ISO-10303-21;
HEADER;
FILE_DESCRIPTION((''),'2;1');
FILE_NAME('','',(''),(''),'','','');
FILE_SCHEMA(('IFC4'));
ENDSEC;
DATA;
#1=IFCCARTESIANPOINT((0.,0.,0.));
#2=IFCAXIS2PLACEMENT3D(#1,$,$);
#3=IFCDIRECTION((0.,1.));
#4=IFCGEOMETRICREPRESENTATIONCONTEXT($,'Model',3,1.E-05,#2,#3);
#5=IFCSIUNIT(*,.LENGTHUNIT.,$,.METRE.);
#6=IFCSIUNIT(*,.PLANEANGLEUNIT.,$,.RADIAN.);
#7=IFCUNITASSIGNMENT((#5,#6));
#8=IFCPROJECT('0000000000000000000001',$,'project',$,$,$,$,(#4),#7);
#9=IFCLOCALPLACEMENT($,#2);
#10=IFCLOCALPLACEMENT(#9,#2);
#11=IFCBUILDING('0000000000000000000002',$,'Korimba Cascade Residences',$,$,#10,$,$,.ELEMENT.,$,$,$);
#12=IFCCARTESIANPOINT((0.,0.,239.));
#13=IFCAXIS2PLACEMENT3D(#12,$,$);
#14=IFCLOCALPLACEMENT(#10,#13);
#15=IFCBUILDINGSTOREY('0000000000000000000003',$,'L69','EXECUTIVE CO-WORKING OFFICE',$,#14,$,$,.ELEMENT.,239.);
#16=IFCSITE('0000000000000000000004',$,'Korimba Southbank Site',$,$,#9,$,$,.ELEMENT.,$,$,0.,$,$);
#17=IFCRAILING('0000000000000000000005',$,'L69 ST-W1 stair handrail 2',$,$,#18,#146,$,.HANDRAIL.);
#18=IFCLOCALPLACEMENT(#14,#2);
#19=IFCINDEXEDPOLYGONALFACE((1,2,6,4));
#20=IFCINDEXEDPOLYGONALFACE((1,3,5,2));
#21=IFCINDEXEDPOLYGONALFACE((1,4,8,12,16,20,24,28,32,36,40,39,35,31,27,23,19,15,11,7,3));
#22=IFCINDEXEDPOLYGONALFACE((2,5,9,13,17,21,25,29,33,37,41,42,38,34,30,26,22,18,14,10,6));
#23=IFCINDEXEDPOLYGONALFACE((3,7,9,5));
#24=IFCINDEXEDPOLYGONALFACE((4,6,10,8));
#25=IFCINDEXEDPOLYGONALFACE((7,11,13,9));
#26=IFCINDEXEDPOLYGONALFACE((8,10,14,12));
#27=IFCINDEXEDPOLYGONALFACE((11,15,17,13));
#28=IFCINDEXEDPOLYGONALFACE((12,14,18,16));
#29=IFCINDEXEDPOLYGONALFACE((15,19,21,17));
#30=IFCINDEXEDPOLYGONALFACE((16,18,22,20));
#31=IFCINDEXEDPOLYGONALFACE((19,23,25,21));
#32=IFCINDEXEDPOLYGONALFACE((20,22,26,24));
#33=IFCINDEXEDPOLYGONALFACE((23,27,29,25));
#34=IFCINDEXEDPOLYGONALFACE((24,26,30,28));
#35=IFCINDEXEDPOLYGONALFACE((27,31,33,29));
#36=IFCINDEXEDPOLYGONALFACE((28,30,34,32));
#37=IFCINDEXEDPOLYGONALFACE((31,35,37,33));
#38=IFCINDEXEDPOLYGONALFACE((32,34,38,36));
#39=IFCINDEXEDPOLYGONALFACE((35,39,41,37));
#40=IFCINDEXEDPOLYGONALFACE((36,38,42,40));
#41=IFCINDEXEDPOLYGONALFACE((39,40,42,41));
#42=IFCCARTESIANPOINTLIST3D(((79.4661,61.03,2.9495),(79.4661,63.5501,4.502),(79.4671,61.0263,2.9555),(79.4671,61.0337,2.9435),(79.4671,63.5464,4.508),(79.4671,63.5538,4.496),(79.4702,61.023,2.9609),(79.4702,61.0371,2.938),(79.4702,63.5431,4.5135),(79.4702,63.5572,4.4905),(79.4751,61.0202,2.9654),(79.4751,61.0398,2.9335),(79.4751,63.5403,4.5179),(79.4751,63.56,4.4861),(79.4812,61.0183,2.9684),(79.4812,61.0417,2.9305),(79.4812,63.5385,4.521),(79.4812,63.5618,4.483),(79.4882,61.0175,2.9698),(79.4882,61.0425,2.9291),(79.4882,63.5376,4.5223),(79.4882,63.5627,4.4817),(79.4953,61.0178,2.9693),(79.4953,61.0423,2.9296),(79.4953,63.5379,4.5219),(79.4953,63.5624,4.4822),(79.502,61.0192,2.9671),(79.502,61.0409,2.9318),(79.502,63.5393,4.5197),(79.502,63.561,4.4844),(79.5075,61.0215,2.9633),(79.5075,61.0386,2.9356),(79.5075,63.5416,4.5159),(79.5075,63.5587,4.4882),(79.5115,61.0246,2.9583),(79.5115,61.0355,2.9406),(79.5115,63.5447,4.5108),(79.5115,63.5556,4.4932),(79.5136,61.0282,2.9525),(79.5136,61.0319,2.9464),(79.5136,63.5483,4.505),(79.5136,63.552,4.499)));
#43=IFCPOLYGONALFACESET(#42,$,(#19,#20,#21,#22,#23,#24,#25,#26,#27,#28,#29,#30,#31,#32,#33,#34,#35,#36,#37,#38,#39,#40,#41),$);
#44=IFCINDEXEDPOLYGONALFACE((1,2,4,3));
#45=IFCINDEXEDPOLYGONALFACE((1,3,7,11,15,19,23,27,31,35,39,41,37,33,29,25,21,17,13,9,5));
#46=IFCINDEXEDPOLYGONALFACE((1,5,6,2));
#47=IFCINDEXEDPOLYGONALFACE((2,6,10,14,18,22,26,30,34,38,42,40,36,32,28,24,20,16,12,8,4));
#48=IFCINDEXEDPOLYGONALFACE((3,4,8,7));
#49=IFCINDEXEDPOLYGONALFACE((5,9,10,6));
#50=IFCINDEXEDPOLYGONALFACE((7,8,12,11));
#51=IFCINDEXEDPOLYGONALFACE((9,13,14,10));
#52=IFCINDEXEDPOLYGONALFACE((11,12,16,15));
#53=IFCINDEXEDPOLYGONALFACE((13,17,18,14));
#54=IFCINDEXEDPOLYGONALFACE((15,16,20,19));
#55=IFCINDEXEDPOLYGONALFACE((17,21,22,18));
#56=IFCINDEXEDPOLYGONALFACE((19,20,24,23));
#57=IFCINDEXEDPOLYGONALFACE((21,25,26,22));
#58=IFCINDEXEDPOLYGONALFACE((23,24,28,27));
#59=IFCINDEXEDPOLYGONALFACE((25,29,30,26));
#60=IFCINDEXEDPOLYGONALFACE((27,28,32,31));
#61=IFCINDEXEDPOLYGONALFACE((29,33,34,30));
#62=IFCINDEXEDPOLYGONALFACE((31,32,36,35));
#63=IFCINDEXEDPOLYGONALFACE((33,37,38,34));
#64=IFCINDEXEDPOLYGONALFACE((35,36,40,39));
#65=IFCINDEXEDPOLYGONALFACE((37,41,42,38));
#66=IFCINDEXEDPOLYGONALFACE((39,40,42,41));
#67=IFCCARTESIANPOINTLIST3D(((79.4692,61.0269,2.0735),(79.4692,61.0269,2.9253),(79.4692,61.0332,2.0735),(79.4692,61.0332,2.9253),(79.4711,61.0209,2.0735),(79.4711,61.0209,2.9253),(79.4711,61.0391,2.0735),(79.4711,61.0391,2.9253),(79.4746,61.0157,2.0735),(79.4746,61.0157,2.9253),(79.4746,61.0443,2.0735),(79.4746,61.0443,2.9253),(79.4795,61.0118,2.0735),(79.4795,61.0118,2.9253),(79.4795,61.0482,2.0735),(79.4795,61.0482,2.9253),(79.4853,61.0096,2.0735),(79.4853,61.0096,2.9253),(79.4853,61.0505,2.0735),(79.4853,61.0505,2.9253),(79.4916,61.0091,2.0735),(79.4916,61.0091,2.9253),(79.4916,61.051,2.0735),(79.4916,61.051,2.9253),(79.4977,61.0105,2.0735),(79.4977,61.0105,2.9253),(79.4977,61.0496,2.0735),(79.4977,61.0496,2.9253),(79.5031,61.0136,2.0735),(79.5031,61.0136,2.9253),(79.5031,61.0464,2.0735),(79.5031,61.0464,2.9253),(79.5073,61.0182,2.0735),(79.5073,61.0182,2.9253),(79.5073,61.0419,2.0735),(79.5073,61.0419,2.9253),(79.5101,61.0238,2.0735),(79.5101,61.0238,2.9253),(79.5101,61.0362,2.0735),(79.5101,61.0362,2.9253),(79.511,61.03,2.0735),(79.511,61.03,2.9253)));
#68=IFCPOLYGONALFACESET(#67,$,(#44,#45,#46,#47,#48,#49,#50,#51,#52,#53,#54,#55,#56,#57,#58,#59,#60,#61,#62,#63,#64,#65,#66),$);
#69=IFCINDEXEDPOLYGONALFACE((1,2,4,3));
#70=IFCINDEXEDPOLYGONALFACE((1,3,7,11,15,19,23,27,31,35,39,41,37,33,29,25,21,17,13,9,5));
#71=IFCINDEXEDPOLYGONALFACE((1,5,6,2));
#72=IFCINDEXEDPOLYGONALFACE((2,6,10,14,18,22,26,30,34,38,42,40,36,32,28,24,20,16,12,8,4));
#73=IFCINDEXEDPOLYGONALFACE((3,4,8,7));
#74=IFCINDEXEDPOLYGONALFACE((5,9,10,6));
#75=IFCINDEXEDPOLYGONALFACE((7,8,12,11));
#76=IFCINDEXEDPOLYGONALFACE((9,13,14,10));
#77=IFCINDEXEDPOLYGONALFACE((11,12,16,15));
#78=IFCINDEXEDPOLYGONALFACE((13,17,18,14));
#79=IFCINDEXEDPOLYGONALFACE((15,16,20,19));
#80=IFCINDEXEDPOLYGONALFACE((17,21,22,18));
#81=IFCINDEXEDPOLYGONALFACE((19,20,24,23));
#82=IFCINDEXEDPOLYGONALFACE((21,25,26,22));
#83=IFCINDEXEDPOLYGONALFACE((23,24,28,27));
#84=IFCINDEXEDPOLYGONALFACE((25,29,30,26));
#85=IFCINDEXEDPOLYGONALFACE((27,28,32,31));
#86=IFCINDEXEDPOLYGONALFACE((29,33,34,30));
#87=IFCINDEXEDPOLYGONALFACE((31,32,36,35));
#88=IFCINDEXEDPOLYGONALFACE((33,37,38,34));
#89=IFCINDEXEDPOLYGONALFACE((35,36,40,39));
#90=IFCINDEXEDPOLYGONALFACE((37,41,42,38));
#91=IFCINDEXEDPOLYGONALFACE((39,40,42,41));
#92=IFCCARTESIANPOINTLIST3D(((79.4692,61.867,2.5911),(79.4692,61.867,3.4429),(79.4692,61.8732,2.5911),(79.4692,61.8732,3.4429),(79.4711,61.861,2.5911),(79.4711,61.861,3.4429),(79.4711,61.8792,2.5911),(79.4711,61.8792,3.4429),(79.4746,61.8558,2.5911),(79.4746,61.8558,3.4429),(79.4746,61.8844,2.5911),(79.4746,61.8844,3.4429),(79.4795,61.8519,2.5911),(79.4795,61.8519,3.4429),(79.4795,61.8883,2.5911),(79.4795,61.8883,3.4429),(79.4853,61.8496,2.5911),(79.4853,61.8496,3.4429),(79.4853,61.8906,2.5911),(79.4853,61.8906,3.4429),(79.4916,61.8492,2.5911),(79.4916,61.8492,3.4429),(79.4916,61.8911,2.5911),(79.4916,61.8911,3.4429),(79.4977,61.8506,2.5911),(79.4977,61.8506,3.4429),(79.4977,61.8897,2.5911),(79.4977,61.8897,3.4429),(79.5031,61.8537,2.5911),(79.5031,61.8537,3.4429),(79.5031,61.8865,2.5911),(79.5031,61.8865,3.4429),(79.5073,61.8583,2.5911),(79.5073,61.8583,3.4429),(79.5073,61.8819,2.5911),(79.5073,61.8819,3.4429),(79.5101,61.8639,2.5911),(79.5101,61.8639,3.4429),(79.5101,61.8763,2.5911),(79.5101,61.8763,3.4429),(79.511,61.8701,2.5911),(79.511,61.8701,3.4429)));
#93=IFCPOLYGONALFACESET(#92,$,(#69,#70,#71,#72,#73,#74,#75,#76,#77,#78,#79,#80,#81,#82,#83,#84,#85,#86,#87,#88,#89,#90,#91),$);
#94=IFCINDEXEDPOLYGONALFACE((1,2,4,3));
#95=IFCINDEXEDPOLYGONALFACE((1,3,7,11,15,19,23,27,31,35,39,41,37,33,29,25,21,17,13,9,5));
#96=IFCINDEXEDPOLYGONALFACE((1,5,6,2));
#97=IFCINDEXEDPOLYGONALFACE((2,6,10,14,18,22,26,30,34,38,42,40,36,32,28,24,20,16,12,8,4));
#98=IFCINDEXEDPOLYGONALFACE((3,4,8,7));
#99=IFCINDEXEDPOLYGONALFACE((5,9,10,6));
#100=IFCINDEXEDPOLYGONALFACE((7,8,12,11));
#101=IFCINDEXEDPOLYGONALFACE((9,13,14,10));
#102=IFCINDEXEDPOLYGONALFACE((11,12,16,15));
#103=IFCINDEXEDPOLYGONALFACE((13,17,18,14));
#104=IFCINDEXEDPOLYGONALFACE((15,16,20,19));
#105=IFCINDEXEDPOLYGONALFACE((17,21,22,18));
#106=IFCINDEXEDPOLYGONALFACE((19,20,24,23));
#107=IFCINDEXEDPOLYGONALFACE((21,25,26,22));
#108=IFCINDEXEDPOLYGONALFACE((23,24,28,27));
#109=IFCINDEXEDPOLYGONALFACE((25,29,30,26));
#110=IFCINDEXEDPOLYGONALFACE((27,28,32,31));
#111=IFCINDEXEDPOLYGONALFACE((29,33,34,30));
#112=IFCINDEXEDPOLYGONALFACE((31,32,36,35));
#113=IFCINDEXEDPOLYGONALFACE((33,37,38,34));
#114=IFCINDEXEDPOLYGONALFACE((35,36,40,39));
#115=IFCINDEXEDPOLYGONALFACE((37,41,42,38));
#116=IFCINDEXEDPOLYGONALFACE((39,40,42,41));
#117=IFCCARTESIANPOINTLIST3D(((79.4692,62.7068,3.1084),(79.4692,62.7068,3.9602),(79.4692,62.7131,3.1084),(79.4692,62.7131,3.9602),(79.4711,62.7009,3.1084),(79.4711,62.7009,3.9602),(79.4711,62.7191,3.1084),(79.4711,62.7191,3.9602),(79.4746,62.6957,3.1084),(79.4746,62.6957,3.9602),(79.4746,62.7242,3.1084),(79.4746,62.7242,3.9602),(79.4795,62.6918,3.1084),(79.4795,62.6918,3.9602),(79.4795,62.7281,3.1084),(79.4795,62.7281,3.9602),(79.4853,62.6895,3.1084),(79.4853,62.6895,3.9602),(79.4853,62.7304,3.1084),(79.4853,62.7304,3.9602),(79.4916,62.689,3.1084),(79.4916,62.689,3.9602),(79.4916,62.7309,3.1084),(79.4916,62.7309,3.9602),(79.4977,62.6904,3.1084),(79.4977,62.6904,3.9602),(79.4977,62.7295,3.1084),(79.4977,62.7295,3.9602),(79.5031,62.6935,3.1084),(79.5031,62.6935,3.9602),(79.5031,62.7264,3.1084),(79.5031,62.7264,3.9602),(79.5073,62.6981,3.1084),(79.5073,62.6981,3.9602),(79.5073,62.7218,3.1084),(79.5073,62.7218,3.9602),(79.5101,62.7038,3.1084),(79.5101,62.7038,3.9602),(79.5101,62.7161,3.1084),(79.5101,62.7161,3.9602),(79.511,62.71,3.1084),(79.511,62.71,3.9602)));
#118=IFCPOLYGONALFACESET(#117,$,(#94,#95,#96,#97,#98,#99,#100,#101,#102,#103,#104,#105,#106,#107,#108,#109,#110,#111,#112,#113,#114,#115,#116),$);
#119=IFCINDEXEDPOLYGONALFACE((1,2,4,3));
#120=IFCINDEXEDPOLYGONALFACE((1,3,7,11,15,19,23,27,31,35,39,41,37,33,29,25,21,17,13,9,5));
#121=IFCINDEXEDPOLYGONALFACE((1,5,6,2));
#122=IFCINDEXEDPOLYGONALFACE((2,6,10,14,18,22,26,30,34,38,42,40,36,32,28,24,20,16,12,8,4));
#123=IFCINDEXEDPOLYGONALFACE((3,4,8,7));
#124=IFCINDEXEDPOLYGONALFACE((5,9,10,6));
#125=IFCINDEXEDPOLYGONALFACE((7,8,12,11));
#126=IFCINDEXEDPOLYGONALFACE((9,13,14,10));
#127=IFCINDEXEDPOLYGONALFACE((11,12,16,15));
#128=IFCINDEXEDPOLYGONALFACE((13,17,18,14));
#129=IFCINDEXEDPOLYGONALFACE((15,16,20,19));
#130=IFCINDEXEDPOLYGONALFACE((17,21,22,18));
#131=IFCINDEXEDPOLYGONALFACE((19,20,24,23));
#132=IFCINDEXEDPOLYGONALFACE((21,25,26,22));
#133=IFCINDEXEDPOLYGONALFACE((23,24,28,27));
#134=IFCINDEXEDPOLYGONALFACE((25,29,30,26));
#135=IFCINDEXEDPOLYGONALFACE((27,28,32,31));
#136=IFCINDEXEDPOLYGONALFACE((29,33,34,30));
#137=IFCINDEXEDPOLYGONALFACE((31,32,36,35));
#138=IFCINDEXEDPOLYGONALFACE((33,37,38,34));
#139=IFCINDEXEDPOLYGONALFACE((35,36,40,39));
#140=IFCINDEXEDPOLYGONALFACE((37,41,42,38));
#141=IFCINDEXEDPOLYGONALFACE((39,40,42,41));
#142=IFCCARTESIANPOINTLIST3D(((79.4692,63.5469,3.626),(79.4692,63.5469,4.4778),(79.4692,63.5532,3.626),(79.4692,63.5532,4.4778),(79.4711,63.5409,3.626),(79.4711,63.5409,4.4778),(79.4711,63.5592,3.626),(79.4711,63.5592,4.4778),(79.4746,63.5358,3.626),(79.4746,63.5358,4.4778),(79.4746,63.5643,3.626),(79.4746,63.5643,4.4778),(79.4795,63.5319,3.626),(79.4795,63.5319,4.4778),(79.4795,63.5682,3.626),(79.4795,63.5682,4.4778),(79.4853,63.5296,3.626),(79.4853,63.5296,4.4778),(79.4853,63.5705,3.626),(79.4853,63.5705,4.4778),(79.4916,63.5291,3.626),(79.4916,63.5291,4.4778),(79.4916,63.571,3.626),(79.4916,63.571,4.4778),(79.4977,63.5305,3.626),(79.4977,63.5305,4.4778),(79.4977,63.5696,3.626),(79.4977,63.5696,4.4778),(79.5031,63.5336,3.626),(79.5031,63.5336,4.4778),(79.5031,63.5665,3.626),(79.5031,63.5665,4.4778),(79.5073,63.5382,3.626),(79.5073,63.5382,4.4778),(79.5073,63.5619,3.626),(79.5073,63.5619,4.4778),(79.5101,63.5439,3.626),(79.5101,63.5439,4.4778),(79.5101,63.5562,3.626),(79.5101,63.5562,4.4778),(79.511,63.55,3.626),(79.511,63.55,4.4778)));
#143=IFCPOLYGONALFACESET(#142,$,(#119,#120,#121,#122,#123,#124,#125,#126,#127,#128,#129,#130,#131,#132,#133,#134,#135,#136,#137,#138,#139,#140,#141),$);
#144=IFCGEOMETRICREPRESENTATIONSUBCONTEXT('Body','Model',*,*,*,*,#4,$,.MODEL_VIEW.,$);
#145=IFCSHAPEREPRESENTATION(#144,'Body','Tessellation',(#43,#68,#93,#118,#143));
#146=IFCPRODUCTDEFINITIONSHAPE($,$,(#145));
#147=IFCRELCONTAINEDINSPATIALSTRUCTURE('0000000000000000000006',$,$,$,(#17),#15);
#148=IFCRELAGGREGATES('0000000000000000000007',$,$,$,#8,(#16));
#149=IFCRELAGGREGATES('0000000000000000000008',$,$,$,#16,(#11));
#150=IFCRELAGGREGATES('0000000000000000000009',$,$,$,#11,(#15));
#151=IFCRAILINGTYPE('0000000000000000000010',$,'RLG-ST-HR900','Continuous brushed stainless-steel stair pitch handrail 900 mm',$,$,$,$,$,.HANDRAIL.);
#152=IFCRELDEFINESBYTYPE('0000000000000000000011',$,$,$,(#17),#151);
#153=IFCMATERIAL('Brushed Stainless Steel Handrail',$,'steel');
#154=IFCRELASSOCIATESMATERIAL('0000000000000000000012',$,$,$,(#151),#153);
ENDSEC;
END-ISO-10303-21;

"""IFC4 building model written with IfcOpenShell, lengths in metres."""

from ifc_helpers import new_model, si_unit, direction, frame, origin, origin_2d, place, context, subcontext, project, spatial, circle, extrude, material, type_object, element, save


model = new_model("IFC4")

# Units and contexts
model_context = context("Model", 3, precision=1e-05, world=origin(), true_north=direction((0.0, 1.0)))
body_context = subcontext(model_context, "Body", "Model", "MODEL_VIEW")
ifc_project = project(units=[si_unit("LENGTHUNIT", "METRE"), si_unit("PLANEANGLEUNIT", "RADIAN")], contexts=[model_context])

# Site, building, storey
site_placement = place(None, origin())
site = spatial("IfcSite", under=ifc_project, at=site_placement, Name="Korimba Southbank Site", CompositionType="ELEMENT", RefElevation=0.0)
building_placement = place(site_placement, origin())
building = spatial("IfcBuilding", under=site, at=building_placement, Name="Korimba Cascade Residences", CompositionType="ELEMENT")
storey_placement = place(building_placement, frame((0.0, 0.0, 239.0)))
storey = spatial("IfcBuildingStorey", under=building, at=storey_placement, Name="L69", Description="EXECUTIVE CO-WORKING OFFICE", CompositionType="ELEMENT", Elevation=239.0)

# Railing
ifc_material_1 = material(Name="Brushed Stainless Steel Handrail", Category="steel")
railing_type_1 = type_object("IfcRailingType", Name="RLG-ST-HR900", Description="Continuous brushed stainless-steel stair pitch handrail 900 mm", PredefinedType="HANDRAIL", material=ifc_material_1)
railing_1_placement = place(storey_placement, frame((79.49, 61.03, 2.0735)))
element("IfcRailing", 1, at=railing_1_placement, inside=storey, type_object=railing_type_1, Name="L69 ST-W1 stair handrail 2", PredefinedType="HANDRAIL", context=body_context, shape_type="SweptSolid", body=[
    extrude(circle(Radius=0.0239, at=origin_2d()), frame((0.0, 0.0, 0.876), z_axis=(0.0, 0.8514, 0.524516), x_axis=(-1.0, 0.0, 0.0)), (0.0, 0.0, 1.0), 2.96),
    extrude(circle(Radius=0.021, at=origin_2d()), origin(), (0.0, 0.0, 1.0), 0.8518),
    extrude(circle(Radius=0.021, at=origin_2d()), frame((0.0, 0.8401, 0.5176)), (0.0, 0.0, 1.0), 0.8518),
    extrude(circle(Radius=0.021, at=origin_2d()), frame((0.0, 1.6799, 1.0349)), (0.0, 0.0, 1.0), 0.8518),
    extrude(circle(Radius=0.021, at=origin_2d()), frame((0.0, 2.52, 1.5525)), (0.0, 0.0, 1.0), 0.8518),
])

save(model, "model.ifc")
